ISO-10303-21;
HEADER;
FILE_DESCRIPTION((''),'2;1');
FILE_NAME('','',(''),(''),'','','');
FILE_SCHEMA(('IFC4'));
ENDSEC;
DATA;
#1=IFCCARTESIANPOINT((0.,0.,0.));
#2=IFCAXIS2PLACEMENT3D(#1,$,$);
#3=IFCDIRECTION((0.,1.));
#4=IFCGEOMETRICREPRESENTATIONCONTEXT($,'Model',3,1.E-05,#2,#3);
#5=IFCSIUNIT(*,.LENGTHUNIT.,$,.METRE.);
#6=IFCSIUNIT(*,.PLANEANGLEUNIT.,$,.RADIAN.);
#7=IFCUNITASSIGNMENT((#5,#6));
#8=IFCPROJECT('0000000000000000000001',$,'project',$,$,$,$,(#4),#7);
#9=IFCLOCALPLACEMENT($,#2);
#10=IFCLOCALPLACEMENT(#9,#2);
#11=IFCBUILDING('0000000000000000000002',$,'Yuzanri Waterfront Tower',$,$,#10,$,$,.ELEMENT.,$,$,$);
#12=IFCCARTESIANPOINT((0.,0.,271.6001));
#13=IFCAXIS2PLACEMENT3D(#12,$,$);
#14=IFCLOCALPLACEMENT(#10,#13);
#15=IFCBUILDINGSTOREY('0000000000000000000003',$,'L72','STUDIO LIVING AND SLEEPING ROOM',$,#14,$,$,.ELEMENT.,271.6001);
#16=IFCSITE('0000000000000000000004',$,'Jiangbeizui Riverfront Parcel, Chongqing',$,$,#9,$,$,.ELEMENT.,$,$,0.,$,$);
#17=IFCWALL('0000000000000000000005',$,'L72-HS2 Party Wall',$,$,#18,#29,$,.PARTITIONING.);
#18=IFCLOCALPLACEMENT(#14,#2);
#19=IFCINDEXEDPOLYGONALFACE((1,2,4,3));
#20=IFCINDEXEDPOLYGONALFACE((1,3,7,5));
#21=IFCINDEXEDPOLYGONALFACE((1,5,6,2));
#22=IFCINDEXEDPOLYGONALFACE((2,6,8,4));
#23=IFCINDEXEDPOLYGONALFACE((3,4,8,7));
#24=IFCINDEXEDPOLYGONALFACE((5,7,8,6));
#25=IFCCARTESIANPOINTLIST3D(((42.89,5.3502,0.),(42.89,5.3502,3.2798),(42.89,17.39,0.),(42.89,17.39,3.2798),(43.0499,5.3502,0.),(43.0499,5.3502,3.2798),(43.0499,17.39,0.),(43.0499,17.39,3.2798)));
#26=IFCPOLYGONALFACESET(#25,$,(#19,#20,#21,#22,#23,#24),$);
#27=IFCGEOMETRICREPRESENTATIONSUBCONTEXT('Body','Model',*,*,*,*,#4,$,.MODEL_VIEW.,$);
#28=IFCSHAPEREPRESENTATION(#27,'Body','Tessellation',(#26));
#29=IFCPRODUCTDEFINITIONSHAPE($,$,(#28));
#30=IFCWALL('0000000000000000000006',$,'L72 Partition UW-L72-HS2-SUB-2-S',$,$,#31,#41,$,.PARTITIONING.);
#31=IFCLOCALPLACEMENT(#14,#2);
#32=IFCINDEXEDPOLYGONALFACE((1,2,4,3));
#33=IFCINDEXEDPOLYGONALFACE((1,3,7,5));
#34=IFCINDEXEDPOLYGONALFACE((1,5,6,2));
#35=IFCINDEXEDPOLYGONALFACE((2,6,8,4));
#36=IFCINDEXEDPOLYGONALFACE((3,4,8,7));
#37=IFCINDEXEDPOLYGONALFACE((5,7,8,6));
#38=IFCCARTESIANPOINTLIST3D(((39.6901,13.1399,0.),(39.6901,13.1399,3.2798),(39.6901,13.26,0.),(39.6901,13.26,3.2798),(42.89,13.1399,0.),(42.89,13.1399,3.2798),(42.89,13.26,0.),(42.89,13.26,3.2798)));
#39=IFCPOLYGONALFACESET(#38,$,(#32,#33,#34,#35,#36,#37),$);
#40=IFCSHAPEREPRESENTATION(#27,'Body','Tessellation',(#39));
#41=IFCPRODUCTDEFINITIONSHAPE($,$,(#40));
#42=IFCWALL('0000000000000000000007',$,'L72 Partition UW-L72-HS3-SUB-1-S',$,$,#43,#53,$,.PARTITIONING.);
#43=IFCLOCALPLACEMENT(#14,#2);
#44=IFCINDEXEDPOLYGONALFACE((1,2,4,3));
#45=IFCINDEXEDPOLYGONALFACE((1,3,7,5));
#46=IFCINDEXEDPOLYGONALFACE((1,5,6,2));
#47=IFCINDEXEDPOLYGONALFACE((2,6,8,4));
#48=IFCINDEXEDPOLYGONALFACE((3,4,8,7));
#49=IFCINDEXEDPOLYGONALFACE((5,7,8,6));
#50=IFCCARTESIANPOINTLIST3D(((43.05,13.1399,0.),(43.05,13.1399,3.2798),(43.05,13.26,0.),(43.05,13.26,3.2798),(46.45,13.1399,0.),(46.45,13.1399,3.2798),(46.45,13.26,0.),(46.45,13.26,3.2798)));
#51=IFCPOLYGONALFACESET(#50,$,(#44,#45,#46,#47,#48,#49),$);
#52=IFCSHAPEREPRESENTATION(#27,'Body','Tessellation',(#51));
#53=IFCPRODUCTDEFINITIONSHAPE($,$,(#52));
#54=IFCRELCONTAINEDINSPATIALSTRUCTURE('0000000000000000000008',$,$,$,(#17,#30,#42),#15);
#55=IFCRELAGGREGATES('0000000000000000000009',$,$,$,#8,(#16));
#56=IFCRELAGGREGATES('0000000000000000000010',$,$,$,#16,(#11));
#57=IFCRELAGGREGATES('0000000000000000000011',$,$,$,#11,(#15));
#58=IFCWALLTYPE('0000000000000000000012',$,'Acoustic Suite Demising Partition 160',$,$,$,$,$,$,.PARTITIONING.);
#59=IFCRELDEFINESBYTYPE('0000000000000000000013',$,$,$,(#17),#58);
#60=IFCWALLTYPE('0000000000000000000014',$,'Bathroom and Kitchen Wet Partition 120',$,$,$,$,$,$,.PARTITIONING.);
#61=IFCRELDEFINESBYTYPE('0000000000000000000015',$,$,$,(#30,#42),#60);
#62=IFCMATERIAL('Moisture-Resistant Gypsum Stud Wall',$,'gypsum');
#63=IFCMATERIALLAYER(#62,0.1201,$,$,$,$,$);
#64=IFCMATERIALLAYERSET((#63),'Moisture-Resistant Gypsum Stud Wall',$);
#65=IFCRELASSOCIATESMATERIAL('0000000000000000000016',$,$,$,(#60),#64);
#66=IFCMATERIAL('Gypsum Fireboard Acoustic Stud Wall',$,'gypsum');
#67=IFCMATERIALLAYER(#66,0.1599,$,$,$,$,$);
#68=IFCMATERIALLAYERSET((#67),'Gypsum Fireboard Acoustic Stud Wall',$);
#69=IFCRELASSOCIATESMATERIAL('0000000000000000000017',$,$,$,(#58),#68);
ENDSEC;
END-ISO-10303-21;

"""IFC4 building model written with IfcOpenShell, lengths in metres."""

from ifc_helpers import new_model, si_unit, direction, frame, frame_2d, origin, place, context, subcontext, project, spatial, rectangle, extrude, source, transform, mapped, material, layer, layer_set, type_object, element, save


model = new_model("IFC4")

# Units and contexts
model_context = context("Model", 3, precision=1e-05, world=origin(), true_north=direction((0.0, 1.0)))
body_context = subcontext(model_context, "Body", "Model", "MODEL_VIEW")
ifc_project = project(units=[si_unit("LENGTHUNIT", "METRE"), si_unit("PLANEANGLEUNIT", "RADIAN")], contexts=[model_context])

# Site, building, storey
site_placement = place(None, origin())
site = spatial("IfcSite", under=ifc_project, at=site_placement, Name="Jiangbeizui Riverfront Parcel, Chongqing", CompositionType="ELEMENT", RefElevation=0.0)
building_placement = place(site_placement, origin())
building = spatial("IfcBuilding", under=site, at=building_placement, Name="Yuzanri Waterfront Tower", CompositionType="ELEMENT")
storey_placement = place(building_placement, frame((0.0, 0.0, 271.6001)))
storey = spatial("IfcBuildingStorey", under=building, at=storey_placement, Name="L72", Description="STUDIO LIVING AND SLEEPING ROOM", CompositionType="ELEMENT", Elevation=271.6001)

# Shared definitions
ifc_material_1 = material(Name="Moisture-Resistant Gypsum Stud Wall", Category="gypsum")
ifc_layer_1 = layer(ifc_material_1, 0.1201)
ifc_layer_set_1 = layer_set([ifc_layer_1], Name="Moisture-Resistant Gypsum Stud Wall")
wall_type_1 = type_object("IfcWallType", Name="Bathroom and Kitchen Wet Partition 120", PredefinedType="PARTITIONING", material=ifc_layer_set_1)

# Walls
ifc_material_2 = material(Name="Gypsum Fireboard Acoustic Stud Wall", Category="gypsum")
ifc_layer_2 = layer(ifc_material_2, 0.1599)
ifc_layer_set_2 = layer_set([ifc_layer_2], Name="Gypsum Fireboard Acoustic Stud Wall")
wall_type_2 = type_object("IfcWallType", Name="Acoustic Suite Demising Partition 160", PredefinedType="PARTITIONING", material=ifc_layer_set_2)
shared_shape_1 = source(origin(), body_context, "Body", "SweptSolid", [
    extrude(rectangle(XDim=12.0398, YDim=0.1599, at=frame_2d((6.02, 0.0))), origin(), (0.0, 0.0, 1.0), 3.2798),
])
wall_1_placement = place(storey_placement, frame((42.97, 5.3501, 0.0), z_axis=(0.0, 0.0, 1.0), x_axis=(0.0, 1.0, 0.0)))
element("IfcWall", 1, at=wall_1_placement, inside=storey, type_object=wall_type_2, Name="L72-HS2 Party Wall", PredefinedType="PARTITIONING", context=body_context, shape_type="MappedRepresentation", body=[
    mapped(shared_shape_1, transform((0.0, 0.0, 0.0), scale=1.0)),
])
shared_shape_2 = source(origin(), body_context, "Body", "SweptSolid", [
    extrude(rectangle(XDim=3.2, YDim=0.1201, at=frame_2d((1.6001, 0.0))), origin(), (0.0, 0.0, 1.0), 3.2798),
])
wall_2_placement = place(storey_placement, frame((39.6899, 13.2, 0.0), z_axis=(0.0, 0.0, 1.0), x_axis=(1.0, 0.0, 0.0)))
element("IfcWall", 2, at=wall_2_placement, inside=storey, type_object=wall_type_1, Name="L72 Partition UW-L72-HS2-SUB-2-S", PredefinedType="PARTITIONING", context=body_context, shape_type="MappedRepresentation", body=[
    mapped(shared_shape_2, transform((0.0, 0.0, 0.0), scale=1.0)),
])
shared_shape_3 = source(origin(), body_context, "Body", "SweptSolid", [
    extrude(rectangle(XDim=3.3999, YDim=0.1201, at=frame_2d((1.7, 0.0))), origin(), (0.0, 0.0, 1.0), 3.2798),
])
wall_3_placement = place(storey_placement, frame((43.05, 13.2, 0.0), z_axis=(0.0, 0.0, 1.0), x_axis=(1.0, 0.0, 0.0)))
element("IfcWall", 3, at=wall_3_placement, inside=storey, type_object=wall_type_1, Name="L72 Partition UW-L72-HS3-SUB-1-S", PredefinedType="PARTITIONING", context=body_context, shape_type="MappedRepresentation", body=[
    mapped(shared_shape_3, transform((0.0, 0.0, 0.0), scale=1.0)),
])

save(model, "model.ifc")
